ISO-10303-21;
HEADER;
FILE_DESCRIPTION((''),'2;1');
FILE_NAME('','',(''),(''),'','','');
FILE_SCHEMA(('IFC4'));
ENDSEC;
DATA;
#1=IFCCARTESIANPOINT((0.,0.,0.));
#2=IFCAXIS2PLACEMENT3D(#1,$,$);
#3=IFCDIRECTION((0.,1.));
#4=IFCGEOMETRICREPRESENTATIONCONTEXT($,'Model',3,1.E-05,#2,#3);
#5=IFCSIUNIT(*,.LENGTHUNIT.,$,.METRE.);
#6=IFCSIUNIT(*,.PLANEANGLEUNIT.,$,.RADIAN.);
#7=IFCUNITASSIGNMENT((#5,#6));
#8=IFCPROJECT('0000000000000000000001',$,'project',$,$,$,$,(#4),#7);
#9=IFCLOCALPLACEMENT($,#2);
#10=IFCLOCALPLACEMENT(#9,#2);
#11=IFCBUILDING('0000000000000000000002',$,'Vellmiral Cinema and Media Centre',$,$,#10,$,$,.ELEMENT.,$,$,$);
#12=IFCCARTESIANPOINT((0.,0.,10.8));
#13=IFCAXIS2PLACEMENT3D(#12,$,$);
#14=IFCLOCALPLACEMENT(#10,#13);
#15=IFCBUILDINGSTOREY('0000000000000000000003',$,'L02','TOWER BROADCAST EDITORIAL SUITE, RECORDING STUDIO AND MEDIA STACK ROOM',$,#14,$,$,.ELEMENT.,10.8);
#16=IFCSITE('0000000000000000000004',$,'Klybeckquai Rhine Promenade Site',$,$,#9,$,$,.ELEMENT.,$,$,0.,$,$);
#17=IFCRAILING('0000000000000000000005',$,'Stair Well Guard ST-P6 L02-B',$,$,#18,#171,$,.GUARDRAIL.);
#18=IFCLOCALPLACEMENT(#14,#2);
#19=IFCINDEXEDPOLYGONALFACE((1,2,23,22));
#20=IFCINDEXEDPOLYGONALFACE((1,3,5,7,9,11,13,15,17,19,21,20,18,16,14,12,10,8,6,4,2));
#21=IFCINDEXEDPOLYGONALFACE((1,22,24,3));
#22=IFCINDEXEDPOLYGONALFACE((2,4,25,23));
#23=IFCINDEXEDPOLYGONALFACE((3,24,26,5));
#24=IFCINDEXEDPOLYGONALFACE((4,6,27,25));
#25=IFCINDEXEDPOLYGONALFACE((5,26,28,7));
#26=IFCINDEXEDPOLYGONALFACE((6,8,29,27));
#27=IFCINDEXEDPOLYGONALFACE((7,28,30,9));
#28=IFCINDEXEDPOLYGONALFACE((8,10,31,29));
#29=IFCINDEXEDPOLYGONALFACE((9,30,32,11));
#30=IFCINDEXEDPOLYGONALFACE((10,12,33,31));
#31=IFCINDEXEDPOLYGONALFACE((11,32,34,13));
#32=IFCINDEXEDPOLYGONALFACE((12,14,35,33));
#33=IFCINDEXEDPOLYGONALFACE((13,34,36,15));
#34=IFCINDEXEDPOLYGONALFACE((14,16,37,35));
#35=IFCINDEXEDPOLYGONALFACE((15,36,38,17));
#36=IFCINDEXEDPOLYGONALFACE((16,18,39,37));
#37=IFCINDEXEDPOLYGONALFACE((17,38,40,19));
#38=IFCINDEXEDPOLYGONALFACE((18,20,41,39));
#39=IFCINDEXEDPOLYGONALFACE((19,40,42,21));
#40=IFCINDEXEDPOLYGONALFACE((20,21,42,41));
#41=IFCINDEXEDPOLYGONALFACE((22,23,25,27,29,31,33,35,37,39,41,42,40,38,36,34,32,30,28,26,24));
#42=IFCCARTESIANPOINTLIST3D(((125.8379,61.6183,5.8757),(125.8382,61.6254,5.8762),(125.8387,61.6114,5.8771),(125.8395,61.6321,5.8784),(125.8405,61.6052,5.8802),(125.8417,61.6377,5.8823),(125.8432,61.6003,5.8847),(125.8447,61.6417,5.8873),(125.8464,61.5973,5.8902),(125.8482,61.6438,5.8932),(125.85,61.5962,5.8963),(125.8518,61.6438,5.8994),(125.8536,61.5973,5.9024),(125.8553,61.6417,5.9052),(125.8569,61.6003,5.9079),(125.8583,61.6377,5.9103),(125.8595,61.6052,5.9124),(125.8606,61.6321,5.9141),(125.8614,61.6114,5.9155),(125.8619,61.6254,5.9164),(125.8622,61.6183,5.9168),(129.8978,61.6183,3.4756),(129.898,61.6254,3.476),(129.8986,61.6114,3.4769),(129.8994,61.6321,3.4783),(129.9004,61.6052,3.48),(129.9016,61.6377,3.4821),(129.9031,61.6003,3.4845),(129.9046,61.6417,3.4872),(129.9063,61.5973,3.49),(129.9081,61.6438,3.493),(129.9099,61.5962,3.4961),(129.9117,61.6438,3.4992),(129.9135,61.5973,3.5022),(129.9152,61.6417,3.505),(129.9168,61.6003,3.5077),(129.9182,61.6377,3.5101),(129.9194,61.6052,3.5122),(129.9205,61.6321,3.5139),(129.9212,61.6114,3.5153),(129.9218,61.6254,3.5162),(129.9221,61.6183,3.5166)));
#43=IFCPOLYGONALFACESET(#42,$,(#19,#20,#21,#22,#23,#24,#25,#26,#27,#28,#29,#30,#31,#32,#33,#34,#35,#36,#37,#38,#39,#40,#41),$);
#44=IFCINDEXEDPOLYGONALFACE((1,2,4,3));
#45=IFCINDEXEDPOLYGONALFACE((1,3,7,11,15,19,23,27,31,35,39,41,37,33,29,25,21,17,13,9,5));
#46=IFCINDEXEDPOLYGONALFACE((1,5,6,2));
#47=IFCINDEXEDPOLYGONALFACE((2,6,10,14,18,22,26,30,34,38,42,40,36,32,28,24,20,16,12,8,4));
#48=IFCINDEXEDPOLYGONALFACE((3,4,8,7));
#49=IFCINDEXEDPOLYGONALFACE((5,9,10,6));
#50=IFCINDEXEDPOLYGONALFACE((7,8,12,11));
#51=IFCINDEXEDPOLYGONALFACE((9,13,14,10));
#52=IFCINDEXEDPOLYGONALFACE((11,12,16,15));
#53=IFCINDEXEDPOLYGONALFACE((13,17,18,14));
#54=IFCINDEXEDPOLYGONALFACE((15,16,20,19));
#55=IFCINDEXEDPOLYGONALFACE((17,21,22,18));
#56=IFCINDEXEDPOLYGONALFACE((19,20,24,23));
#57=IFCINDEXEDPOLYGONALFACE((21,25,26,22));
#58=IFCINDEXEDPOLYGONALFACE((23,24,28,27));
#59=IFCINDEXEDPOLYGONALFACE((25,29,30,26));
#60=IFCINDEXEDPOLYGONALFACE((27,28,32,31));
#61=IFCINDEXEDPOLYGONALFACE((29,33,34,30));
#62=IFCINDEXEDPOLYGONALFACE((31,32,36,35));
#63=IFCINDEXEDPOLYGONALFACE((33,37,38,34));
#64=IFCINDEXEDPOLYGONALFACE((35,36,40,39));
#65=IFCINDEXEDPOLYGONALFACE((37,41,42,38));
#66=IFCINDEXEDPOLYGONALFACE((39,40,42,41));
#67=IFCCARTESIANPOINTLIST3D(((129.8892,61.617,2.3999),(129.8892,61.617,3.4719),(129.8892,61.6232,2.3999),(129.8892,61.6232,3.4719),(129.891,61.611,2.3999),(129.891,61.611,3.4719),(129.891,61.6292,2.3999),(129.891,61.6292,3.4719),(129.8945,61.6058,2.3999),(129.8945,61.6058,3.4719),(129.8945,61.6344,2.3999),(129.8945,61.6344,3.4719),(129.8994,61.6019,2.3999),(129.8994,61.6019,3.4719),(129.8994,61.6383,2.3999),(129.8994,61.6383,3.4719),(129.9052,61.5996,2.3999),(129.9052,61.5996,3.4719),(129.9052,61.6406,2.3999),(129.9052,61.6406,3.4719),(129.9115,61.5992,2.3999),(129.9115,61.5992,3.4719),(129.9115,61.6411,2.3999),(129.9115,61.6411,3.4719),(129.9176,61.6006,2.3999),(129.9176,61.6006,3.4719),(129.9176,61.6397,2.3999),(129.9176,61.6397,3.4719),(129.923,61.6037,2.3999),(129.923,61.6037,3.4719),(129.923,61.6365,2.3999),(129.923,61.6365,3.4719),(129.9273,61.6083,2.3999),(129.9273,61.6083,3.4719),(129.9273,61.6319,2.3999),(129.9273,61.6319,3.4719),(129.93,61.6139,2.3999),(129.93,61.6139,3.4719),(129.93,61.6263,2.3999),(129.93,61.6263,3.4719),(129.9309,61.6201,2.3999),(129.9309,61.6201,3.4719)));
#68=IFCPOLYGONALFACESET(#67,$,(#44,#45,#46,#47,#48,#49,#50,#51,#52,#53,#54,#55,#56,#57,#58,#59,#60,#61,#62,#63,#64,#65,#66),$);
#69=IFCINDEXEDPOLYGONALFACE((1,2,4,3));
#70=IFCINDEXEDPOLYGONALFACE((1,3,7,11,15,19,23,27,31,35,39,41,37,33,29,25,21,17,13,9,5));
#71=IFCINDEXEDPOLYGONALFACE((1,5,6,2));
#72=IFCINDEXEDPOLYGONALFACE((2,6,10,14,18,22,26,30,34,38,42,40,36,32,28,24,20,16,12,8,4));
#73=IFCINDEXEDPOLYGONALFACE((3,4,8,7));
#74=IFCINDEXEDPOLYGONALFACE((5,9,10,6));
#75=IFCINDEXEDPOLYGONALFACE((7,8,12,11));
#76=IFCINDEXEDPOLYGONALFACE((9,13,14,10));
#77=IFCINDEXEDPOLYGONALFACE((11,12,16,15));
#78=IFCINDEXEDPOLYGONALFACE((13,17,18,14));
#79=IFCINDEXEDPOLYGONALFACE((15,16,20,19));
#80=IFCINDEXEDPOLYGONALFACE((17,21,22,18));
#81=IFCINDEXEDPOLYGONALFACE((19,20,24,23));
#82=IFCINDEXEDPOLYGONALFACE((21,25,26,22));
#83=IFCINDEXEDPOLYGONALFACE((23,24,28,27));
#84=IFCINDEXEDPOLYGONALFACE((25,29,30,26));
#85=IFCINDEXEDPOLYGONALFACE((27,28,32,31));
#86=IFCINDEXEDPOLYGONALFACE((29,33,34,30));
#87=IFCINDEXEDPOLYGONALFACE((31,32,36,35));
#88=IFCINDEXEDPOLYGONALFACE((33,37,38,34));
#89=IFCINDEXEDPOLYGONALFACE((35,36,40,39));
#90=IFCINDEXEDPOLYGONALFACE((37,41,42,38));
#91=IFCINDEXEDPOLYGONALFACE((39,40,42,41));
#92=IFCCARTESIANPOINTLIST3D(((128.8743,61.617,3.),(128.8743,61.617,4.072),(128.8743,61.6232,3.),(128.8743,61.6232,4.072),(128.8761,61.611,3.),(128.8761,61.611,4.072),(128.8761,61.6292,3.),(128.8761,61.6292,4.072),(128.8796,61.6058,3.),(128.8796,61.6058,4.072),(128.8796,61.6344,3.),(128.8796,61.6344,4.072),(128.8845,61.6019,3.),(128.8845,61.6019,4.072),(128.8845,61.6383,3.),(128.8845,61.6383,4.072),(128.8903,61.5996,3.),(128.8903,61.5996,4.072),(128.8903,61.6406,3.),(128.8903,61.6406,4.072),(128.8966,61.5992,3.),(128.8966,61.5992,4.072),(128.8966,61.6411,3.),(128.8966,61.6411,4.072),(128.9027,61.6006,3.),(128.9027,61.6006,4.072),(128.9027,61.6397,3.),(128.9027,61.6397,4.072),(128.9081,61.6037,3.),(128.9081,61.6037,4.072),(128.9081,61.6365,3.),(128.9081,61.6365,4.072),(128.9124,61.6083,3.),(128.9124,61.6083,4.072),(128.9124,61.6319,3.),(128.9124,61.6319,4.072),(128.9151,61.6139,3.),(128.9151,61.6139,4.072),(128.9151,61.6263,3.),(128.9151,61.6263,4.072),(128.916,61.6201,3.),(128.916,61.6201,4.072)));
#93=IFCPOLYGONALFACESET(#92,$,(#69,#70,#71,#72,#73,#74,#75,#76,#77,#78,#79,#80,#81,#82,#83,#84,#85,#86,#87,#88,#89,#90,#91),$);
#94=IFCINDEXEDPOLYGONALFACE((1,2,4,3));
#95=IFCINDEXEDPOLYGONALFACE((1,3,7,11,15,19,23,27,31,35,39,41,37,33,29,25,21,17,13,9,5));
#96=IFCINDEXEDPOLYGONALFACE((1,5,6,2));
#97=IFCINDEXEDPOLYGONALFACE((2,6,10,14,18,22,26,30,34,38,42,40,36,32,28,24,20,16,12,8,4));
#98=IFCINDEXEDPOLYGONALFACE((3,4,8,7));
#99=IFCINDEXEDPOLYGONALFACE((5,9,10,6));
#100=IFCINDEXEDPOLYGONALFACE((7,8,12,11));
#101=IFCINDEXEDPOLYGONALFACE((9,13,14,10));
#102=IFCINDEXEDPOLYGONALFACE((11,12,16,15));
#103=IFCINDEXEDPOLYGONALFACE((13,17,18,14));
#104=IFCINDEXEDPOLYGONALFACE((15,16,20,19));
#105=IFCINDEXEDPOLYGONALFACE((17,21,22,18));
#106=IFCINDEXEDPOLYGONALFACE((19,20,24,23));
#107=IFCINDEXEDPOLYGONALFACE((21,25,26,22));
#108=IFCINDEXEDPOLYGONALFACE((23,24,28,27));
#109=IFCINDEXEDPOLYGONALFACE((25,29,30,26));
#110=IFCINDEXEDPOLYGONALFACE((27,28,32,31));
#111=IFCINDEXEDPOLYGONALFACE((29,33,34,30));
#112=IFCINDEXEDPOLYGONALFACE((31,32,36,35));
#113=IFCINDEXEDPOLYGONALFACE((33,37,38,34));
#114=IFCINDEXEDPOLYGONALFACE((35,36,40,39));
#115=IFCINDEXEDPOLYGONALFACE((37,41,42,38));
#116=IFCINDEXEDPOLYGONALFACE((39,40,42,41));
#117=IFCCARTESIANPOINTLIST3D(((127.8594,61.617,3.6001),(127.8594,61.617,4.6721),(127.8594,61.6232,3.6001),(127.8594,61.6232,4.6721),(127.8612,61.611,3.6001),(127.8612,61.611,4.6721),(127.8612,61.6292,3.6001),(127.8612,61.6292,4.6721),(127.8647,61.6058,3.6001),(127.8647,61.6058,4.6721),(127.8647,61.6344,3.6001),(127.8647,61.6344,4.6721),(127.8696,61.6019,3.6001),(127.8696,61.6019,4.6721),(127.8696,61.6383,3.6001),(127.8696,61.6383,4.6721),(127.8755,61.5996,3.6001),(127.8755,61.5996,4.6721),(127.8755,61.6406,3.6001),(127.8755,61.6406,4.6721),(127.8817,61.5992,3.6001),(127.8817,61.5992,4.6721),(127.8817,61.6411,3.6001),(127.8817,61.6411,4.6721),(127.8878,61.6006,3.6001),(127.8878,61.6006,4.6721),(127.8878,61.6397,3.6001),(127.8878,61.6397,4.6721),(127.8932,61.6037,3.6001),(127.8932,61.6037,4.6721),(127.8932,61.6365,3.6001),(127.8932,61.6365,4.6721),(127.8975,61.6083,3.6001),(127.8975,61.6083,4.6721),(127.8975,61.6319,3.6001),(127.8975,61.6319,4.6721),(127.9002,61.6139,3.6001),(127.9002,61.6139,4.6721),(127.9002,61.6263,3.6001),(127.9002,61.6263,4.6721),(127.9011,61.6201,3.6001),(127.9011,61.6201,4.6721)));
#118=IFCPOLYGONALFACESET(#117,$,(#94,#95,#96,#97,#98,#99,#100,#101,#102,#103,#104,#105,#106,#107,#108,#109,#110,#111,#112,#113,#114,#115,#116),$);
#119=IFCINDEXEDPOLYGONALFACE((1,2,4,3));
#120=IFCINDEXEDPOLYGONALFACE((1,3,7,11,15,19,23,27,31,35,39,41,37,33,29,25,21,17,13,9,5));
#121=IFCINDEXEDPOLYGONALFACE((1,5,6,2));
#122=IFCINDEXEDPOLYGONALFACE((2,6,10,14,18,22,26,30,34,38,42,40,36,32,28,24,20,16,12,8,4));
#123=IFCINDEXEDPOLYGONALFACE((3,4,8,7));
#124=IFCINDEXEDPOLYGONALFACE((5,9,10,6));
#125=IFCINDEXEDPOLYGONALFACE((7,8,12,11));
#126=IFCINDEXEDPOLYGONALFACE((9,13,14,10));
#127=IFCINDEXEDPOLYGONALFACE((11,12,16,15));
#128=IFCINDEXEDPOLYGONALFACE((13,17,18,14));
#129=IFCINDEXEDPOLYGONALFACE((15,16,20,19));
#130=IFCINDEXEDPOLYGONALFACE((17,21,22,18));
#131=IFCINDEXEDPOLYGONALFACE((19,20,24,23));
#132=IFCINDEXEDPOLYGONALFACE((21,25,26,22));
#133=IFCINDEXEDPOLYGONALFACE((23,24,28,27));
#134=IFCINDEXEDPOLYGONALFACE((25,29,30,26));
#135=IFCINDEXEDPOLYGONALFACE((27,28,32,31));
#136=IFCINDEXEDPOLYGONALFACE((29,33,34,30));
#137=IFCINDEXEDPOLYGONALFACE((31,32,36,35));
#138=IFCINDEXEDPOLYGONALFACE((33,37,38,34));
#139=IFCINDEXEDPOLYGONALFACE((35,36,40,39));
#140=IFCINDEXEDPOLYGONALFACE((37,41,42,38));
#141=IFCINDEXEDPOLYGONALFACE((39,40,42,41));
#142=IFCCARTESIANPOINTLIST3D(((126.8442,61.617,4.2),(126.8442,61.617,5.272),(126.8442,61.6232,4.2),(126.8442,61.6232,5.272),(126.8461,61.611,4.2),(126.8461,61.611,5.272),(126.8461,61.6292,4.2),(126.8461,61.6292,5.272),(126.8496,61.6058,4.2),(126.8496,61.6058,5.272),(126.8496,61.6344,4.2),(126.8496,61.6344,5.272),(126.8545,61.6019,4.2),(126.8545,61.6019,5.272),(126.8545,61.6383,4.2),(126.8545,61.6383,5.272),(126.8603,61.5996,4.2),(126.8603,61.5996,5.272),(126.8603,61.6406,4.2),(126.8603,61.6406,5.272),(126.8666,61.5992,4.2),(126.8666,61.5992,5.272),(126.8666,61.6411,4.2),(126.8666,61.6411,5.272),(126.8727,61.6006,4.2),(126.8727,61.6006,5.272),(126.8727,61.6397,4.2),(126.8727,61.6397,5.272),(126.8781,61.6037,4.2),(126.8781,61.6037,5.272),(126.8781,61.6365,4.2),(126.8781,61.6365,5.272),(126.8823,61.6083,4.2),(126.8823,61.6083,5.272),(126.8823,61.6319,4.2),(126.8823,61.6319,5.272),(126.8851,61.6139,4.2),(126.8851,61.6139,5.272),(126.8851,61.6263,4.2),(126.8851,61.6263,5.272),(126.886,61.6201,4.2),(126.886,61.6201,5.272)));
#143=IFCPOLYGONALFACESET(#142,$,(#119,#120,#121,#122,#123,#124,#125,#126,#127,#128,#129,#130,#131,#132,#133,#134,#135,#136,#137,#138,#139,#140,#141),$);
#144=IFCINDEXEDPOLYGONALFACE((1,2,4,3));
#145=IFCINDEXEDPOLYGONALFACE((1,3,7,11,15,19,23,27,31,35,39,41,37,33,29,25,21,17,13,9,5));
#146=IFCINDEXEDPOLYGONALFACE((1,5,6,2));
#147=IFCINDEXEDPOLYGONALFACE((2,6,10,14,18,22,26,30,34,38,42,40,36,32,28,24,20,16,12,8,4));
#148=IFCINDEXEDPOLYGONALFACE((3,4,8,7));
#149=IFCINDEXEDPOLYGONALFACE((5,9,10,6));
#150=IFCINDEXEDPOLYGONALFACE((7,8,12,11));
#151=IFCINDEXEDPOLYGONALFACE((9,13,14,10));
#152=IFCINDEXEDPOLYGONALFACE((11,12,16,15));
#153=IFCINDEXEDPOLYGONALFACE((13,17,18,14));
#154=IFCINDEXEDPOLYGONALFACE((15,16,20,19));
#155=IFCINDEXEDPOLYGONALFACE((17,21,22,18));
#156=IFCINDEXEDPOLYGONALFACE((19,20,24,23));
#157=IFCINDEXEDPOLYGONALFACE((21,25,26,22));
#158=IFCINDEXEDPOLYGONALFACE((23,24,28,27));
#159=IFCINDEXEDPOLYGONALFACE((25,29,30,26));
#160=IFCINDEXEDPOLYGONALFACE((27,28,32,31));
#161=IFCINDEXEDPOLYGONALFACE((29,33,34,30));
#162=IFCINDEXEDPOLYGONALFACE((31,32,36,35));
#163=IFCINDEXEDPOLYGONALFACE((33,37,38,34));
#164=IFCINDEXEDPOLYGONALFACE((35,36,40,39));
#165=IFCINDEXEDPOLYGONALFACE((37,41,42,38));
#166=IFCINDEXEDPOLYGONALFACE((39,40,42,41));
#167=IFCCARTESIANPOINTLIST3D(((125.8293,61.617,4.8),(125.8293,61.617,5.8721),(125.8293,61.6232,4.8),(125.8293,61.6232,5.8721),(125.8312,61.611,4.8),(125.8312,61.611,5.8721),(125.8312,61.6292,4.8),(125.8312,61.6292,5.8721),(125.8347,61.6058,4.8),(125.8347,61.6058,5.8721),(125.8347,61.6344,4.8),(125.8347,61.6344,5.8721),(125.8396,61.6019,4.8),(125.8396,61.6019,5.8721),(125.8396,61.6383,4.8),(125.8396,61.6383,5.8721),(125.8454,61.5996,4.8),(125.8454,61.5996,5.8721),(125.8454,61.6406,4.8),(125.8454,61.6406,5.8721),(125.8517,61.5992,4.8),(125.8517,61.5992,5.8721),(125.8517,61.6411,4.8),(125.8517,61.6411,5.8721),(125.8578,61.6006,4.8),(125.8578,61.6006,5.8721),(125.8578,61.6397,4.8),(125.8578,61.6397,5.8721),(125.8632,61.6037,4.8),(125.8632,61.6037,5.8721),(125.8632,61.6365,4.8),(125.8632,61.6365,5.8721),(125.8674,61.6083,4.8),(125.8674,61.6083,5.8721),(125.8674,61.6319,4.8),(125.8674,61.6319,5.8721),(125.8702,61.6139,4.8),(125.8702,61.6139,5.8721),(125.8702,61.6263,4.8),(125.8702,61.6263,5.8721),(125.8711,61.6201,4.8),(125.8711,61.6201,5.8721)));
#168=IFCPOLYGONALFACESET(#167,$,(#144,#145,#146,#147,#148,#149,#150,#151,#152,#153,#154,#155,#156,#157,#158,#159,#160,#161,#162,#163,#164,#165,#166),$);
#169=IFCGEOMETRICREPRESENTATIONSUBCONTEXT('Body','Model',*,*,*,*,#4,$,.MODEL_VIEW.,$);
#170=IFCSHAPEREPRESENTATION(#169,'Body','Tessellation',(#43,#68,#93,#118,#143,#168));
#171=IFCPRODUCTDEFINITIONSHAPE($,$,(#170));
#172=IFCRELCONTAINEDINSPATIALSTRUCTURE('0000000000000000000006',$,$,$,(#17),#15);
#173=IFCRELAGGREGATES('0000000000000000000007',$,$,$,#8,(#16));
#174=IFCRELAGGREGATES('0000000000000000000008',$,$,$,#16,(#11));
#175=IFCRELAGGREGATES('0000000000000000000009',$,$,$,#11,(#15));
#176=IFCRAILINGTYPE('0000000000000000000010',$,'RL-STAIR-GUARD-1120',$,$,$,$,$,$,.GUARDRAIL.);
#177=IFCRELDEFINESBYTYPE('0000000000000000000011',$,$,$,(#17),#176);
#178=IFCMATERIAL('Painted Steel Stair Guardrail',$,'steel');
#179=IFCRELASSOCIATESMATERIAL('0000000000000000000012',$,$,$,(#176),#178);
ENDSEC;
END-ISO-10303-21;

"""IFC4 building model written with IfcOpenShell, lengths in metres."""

from ifc_helpers import new_model, si_unit, direction, frame, origin, origin_2d, place, context, subcontext, project, spatial, circle, extrude, material, type_object, element, save


model = new_model("IFC4")

# Units and contexts
model_context = context("Model", 3, precision=1e-05, world=origin(), true_north=direction((0.0, 1.0)))
body_context = subcontext(model_context, "Body", "Model", "MODEL_VIEW")
ifc_project = project(units=[si_unit("LENGTHUNIT", "METRE"), si_unit("PLANEANGLEUNIT", "RADIAN")], contexts=[model_context])

# Site, building, storey
site_placement = place(None, origin())
site = spatial("IfcSite", under=ifc_project, at=site_placement, Name="Klybeckquai Rhine Promenade Site", CompositionType="ELEMENT", RefElevation=0.0)
building_placement = place(site_placement, origin())
building = spatial("IfcBuilding", under=site, at=building_placement, Name="Vellmiral Cinema and Media Centre", CompositionType="ELEMENT")
storey_placement = place(building_placement, frame((0.0, 0.0, 10.8)))
storey = spatial("IfcBuildingStorey", under=building, at=storey_placement, Name="L02", Description="TOWER BROADCAST EDITORIAL SUITE, RECORDING STUDIO AND MEDIA STACK ROOM", CompositionType="ELEMENT", Elevation=10.8)

# Railing
ifc_material_1 = material(Name="Painted Steel Stair Guardrail", Category="steel")
railing_type_1 = type_object("IfcRailingType", Name="RL-STAIR-GUARD-1120", PredefinedType="GUARDRAIL", material=ifc_material_1)
railing_1_placement = place(storey_placement, frame((129.9099, 61.6201, 2.3999)))
element("IfcRailing", 1, at=railing_1_placement, inside=storey, type_object=railing_type_1, Name="Stair Well Guard ST-P6 L02-B", PredefinedType="GUARDRAIL", context=body_context, shape_type="SweptSolid", body=[
    extrude(circle(Radius=0.0239, at=origin_2d()), frame((0.0, 0.0, 1.0962), z_axis=(-0.860818, 0.0, 0.508912), x_axis=(0.0, -1.0, 0.0)), (0.0, 0.0, 1.0), 4.7163),
    extrude(circle(Radius=0.021, at=origin_2d()), origin(), (0.0, 0.0, 1.0), 1.072),
    extrude(circle(Radius=0.021, at=origin_2d()), frame((-1.0149, 0.0, 0.6001)), (0.0, 0.0, 1.0), 1.072),
    extrude(circle(Radius=0.021, at=origin_2d()), frame((-2.0298, 0.0, 1.2002)), (0.0, 0.0, 1.0), 1.072),
    extrude(circle(Radius=0.021, at=origin_2d()), frame((-3.0449, 0.0, 1.8)), (0.0, 0.0, 1.0), 1.072),
    extrude(circle(Radius=0.021, at=origin_2d()), frame((-4.0598, 0.0, 2.4001)), (0.0, 0.0, 1.0), 1.072),
])

save(model, "model.ifc")
